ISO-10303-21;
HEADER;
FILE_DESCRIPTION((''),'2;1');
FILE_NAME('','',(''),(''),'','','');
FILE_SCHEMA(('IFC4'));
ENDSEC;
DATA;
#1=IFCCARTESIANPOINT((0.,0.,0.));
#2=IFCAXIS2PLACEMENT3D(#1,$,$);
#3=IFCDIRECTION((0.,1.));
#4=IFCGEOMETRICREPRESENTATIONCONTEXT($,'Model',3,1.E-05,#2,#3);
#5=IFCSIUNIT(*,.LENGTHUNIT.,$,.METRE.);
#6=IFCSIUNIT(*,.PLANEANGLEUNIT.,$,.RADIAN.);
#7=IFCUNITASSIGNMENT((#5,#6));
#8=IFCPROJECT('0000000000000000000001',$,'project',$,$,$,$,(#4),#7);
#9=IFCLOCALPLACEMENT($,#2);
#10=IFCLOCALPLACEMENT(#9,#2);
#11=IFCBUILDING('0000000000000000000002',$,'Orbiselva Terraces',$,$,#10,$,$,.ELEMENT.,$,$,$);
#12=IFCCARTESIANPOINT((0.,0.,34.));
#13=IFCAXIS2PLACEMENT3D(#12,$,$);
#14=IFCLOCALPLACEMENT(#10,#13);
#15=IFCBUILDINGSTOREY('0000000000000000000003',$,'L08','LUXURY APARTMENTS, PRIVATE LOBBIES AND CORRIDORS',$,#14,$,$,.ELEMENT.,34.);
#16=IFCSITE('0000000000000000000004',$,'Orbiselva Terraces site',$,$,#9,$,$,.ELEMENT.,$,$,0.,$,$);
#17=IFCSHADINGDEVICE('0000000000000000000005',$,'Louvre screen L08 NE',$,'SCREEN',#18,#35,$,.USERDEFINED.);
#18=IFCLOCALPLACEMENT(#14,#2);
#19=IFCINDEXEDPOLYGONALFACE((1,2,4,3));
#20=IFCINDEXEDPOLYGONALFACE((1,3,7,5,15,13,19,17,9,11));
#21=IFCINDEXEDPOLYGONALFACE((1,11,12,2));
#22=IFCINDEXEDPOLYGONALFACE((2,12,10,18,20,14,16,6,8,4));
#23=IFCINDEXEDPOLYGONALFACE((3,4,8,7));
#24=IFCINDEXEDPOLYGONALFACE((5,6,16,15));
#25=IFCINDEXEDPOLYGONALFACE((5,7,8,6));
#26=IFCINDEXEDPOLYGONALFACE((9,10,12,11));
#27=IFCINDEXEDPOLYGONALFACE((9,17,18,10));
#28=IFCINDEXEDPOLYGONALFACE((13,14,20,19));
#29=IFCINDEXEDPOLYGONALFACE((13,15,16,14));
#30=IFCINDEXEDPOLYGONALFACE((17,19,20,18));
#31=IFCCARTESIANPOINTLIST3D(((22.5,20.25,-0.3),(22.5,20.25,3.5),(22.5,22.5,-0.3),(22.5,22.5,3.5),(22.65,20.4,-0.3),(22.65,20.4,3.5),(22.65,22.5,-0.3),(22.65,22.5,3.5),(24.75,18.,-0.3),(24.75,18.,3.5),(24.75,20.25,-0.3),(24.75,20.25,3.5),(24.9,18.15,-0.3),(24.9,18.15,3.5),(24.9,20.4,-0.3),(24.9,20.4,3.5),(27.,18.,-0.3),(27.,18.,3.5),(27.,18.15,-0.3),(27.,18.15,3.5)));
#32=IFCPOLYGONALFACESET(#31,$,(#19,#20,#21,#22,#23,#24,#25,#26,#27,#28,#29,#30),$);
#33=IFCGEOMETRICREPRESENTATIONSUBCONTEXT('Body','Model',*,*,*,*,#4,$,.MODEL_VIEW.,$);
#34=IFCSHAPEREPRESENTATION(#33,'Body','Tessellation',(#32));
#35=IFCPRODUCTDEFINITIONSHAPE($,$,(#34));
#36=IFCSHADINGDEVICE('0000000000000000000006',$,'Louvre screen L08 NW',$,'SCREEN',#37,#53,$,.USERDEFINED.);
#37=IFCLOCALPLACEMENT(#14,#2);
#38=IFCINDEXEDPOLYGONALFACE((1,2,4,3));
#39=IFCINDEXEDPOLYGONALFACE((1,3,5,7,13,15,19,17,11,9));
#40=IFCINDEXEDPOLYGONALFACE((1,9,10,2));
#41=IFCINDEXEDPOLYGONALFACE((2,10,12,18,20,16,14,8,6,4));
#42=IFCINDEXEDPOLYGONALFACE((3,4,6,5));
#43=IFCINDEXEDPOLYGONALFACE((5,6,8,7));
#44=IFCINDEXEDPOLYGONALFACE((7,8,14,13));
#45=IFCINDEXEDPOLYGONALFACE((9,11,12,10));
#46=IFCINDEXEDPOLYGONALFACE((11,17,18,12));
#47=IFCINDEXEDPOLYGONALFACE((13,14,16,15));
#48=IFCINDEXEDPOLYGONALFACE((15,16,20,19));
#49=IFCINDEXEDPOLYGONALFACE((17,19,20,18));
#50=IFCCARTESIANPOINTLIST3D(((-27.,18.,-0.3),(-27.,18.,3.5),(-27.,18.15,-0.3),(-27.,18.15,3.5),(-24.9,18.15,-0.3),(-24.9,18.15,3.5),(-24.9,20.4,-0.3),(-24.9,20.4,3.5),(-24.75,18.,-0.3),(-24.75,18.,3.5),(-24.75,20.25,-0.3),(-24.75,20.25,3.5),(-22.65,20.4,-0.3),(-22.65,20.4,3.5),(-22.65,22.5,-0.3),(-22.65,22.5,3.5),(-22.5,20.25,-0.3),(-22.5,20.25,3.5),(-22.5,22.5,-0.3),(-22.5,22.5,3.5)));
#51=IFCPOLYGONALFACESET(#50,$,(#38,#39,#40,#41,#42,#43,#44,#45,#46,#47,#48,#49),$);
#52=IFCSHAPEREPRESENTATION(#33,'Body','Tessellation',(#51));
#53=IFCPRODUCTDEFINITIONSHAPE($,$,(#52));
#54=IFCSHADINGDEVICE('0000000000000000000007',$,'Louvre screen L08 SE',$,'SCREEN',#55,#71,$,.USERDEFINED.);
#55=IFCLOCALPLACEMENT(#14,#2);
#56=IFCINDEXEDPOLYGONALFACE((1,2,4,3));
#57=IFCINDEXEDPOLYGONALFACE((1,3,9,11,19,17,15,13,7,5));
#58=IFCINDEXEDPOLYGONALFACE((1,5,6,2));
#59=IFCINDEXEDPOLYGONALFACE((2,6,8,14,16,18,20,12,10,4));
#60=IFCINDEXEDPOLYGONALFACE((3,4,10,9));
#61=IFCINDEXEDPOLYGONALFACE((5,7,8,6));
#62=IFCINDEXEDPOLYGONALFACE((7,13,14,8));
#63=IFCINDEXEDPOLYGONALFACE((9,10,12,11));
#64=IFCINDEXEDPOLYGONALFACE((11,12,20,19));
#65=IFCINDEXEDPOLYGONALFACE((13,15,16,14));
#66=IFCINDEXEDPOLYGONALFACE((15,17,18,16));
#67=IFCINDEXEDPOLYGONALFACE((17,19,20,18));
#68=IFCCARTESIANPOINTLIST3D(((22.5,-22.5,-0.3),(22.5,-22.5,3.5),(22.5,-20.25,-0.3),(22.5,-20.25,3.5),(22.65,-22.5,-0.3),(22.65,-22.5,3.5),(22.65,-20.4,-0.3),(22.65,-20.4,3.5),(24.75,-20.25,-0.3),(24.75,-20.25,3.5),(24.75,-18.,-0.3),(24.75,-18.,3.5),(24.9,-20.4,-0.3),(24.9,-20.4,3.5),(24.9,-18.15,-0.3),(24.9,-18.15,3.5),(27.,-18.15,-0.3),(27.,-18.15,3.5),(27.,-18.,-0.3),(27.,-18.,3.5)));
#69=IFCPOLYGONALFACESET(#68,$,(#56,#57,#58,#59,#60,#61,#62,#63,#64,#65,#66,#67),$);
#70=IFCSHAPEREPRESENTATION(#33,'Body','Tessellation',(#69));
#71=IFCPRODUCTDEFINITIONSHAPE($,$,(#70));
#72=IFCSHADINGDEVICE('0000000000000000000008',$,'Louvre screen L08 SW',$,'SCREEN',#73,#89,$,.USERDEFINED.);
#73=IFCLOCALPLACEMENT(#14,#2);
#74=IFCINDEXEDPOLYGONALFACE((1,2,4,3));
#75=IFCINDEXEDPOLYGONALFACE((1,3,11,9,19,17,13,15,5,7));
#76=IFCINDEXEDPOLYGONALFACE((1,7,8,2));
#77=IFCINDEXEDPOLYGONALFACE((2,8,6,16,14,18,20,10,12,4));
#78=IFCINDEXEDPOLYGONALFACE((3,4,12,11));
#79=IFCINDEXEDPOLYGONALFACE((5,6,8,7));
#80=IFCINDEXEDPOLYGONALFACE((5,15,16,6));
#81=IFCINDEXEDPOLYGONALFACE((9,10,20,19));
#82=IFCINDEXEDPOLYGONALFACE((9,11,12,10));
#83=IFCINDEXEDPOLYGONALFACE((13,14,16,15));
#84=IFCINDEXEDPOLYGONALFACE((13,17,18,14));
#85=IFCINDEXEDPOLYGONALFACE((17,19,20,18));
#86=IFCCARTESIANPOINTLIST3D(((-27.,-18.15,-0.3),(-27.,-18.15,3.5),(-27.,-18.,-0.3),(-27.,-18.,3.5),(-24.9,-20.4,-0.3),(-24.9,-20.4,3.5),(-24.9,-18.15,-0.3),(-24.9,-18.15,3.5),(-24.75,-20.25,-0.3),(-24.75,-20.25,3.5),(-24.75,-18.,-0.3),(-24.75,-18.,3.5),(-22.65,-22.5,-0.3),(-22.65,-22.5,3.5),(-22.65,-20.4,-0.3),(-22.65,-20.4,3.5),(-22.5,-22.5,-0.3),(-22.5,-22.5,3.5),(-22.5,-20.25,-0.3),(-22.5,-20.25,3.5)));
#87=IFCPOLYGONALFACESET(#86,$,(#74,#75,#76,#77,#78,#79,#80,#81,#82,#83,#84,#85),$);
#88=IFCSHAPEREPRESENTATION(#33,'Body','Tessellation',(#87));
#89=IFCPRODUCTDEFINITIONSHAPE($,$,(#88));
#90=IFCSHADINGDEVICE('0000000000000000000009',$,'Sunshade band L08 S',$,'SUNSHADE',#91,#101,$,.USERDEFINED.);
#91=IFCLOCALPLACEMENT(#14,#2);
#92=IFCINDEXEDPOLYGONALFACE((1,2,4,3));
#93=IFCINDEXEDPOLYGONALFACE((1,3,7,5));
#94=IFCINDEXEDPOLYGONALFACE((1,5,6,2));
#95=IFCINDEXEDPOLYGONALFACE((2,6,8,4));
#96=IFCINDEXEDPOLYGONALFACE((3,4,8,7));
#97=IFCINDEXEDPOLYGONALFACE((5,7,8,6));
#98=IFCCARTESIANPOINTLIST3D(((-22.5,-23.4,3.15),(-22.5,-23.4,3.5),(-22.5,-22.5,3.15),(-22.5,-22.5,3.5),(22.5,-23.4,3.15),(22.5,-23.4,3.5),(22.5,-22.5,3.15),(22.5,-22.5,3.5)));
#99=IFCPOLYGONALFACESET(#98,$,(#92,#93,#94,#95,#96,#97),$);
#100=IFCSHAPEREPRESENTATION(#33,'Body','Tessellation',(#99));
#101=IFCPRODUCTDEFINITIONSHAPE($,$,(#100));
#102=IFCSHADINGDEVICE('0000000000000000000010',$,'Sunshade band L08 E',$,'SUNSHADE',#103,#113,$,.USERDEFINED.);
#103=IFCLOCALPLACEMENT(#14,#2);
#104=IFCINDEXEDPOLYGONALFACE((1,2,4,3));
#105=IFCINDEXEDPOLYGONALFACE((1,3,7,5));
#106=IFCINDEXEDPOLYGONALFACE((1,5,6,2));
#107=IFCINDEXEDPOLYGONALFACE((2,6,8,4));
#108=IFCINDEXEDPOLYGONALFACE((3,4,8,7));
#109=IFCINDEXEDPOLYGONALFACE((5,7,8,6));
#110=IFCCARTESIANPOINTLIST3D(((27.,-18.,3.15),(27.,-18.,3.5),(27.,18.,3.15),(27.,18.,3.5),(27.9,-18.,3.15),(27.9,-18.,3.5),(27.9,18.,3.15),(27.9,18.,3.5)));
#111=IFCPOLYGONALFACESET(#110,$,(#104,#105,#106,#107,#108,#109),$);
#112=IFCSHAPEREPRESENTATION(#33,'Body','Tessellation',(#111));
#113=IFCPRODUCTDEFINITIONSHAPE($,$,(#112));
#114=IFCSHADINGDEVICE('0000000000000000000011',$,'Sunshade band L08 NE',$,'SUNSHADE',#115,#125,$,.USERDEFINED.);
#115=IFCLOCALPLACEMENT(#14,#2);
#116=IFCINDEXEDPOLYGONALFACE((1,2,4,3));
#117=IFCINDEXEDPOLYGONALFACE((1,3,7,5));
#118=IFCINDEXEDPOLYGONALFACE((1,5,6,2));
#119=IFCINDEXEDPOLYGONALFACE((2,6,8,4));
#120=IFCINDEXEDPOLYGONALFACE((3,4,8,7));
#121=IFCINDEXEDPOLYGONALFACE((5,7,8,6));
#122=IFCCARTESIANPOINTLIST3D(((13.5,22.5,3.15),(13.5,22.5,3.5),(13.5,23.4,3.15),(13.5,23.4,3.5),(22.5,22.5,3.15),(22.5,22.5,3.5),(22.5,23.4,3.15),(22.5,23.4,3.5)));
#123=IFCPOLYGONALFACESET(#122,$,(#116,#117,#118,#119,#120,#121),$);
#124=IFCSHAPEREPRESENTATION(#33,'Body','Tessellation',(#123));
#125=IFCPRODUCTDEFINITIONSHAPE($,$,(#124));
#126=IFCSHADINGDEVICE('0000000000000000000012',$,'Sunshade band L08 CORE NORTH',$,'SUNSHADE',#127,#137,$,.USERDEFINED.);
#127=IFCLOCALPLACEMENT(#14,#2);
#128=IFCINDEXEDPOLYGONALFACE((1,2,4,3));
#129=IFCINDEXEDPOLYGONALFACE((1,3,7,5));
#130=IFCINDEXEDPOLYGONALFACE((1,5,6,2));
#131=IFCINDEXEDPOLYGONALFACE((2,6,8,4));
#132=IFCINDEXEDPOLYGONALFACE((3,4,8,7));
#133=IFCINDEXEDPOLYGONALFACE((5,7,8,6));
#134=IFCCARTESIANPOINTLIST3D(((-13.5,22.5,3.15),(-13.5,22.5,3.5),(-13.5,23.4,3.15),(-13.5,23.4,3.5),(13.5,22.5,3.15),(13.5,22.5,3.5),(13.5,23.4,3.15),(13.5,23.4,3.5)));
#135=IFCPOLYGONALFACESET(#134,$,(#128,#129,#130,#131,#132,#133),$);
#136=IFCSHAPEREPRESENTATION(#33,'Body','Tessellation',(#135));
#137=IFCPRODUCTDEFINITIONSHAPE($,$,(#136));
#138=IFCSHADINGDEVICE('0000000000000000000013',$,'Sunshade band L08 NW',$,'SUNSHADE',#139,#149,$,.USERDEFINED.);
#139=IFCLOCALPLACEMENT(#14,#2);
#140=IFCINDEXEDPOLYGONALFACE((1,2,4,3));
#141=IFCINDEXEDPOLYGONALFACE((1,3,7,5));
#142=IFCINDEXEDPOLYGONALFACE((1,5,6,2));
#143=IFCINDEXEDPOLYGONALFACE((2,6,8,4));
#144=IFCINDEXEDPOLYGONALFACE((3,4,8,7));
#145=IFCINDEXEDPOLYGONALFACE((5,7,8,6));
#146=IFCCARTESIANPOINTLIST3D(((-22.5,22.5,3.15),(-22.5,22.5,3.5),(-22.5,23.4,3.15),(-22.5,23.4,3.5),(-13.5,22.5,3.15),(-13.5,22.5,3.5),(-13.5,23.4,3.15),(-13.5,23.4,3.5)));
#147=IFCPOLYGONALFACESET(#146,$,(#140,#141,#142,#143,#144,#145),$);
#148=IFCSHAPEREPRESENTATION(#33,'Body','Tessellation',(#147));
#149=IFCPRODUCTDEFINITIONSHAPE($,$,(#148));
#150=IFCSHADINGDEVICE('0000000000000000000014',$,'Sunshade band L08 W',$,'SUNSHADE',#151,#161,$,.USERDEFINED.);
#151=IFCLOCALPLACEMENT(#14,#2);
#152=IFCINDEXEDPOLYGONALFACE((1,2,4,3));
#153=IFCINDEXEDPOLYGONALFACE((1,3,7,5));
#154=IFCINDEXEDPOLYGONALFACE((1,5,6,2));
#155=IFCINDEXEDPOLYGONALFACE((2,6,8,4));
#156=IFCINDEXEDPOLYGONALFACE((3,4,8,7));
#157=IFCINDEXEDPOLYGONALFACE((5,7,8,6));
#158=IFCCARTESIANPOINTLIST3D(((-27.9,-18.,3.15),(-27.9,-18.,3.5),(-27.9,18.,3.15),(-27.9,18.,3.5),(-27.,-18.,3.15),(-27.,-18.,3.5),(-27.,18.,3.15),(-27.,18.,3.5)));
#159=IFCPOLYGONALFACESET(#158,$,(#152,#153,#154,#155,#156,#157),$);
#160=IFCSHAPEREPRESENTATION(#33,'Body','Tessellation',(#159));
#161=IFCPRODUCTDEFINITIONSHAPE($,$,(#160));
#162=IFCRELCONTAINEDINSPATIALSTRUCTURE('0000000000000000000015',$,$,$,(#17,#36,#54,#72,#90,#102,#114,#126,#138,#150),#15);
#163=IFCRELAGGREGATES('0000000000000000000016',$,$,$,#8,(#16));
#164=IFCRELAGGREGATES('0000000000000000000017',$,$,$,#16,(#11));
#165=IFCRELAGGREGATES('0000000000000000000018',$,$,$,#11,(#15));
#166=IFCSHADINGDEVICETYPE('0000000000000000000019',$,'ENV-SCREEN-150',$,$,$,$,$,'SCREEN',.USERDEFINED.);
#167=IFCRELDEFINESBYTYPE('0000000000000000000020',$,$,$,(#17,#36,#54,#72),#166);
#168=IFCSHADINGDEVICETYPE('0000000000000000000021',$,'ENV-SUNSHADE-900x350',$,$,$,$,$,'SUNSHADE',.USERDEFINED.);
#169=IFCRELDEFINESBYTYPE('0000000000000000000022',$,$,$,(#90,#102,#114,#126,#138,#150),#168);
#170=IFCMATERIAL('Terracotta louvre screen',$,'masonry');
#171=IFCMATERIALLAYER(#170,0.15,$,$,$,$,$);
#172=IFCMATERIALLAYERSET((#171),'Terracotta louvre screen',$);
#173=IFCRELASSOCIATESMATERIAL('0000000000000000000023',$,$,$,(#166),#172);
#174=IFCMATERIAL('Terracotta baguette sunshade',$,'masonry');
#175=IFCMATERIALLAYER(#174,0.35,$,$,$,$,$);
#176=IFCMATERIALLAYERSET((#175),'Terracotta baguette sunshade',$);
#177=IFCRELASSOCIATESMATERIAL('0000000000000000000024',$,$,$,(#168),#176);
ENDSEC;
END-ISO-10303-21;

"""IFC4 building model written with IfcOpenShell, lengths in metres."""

from ifc_helpers import new_model, si_unit, direction, frame, origin, place, context, subcontext, project, spatial, polyline, outline, extrude, material, layer, layer_set, type_object, element, save


model = new_model("IFC4")

# Units and contexts
model_context = context("Model", 3, precision=1e-05, world=origin(), true_north=direction((0.0, 1.0)))
body_context = subcontext(model_context, "Body", "Model", "MODEL_VIEW")
ifc_project = project(units=[si_unit("LENGTHUNIT", "METRE"), si_unit("PLANEANGLEUNIT", "RADIAN")], contexts=[model_context])

# Site, building, storey
site_placement = place(None, origin())
site = spatial("IfcSite", under=ifc_project, at=site_placement, Name="Orbiselva Terraces site", CompositionType="ELEMENT", RefElevation=0.0)
building_placement = place(site_placement, origin())
building = spatial("IfcBuilding", under=site, at=building_placement, Name="Orbiselva Terraces", CompositionType="ELEMENT")
storey_placement = place(building_placement, frame((0.0, 0.0, 34.0)))
storey = spatial("IfcBuildingStorey", under=building, at=storey_placement, Name="L08", Description="LUXURY APARTMENTS, PRIVATE LOBBIES AND CORRIDORS", CompositionType="ELEMENT", Elevation=34.0)

# Shading devices
ifc_material_1 = material(Name="Terracotta louvre screen", Category="masonry")
ifc_layer_1 = layer(ifc_material_1, 0.15)
ifc_layer_set_1 = layer_set([ifc_layer_1], Name="Terracotta louvre screen")
shading_device_type_1 = type_object("IfcShadingDeviceType", Name="ENV-SCREEN-150", ElementType="SCREEN", PredefinedType="USERDEFINED", material=ifc_layer_set_1)
shading_device_1_placement = place(storey_placement, frame((0.0, 0.0, -0.3)))
element("IfcShadingDevice", 1, at=shading_device_1_placement, inside=storey, type_object=shading_device_type_1, Name="Louvre screen L08 NE", ObjectType="SCREEN", PredefinedType="USERDEFINED", context=body_context, shape_type="SweptSolid", body=[
    extrude(outline(polyline([(27.0, 18.15), (24.9, 18.15), (24.9, 20.4), (22.65, 20.4), (22.65, 22.5), (22.5, 22.5), (22.5, 20.25), (24.75, 20.25), (24.75, 18.0), (27.0, 18.0), (27.0, 18.15)])), origin(), (0.0, 0.0, 1.0), 3.8),
])
shading_device_2_placement = place(storey_placement, frame((0.0, 0.0, -0.3)))
element("IfcShadingDevice", 2, at=shading_device_2_placement, inside=storey, type_object=shading_device_type_1, Name="Louvre screen L08 NW", ObjectType="SCREEN", PredefinedType="USERDEFINED", context=body_context, shape_type="SweptSolid", body=[
    extrude(outline(polyline([(-22.65, 22.5), (-22.65, 20.4), (-24.9, 20.4), (-24.9, 18.15), (-27.0, 18.15), (-27.0, 18.0), (-24.75, 18.0), (-24.75, 20.25), (-22.5, 20.25), (-22.5, 22.5), (-22.65, 22.5)])), origin(), (0.0, 0.0, 1.0), 3.8),
])
shading_device_3_placement = place(storey_placement, frame((0.0, 0.0, -0.3)))
element("IfcShadingDevice", 3, at=shading_device_3_placement, inside=storey, type_object=shading_device_type_1, Name="Louvre screen L08 SE", ObjectType="SCREEN", PredefinedType="USERDEFINED", context=body_context, shape_type="SweptSolid", body=[
    extrude(outline(polyline([(22.65, -22.5), (22.65, -20.4), (24.9, -20.4), (24.9, -18.15), (27.0, -18.15), (27.0, -18.0), (24.75, -18.0), (24.75, -20.25), (22.5, -20.25), (22.5, -22.5), (22.65, -22.5)])), origin(), (0.0, 0.0, 1.0), 3.8),
])
shading_device_4_placement = place(storey_placement, frame((0.0, 0.0, -0.3)))
element("IfcShadingDevice", 4, at=shading_device_4_placement, inside=storey, type_object=shading_device_type_1, Name="Louvre screen L08 SW", ObjectType="SCREEN", PredefinedType="USERDEFINED", context=body_context, shape_type="SweptSolid", body=[
    extrude(outline(polyline([(-27.0, -18.15), (-24.9, -18.15), (-24.9, -20.4), (-22.65, -20.4), (-22.65, -22.5), (-22.5, -22.5), (-22.5, -20.25), (-24.75, -20.25), (-24.75, -18.0), (-27.0, -18.0), (-27.0, -18.15)])), origin(), (0.0, 0.0, 1.0), 3.8),
])
ifc_material_2 = material(Name="Terracotta baguette sunshade", Category="masonry")
ifc_layer_2 = layer(ifc_material_2, 0.35)
ifc_layer_set_2 = layer_set([ifc_layer_2], Name="Terracotta baguette sunshade")
shading_device_type_2 = type_object("IfcShadingDeviceType", Name="ENV-SUNSHADE-900x350", ElementType="SUNSHADE", PredefinedType="USERDEFINED", material=ifc_layer_set_2)
shading_device_5_placement = place(storey_placement, frame((0.0, 0.0, 3.15)))
element("IfcShadingDevice", 5, at=shading_device_5_placement, inside=storey, type_object=shading_device_type_2, Name="Sunshade band L08 S", ObjectType="SUNSHADE", PredefinedType="USERDEFINED", context=body_context, shape_type="SweptSolid", body=[
    extrude(outline(polyline([(-22.5, -23.4), (22.5, -23.4), (22.5, -22.5), (-22.5, -22.5), (-22.5, -23.4)])), origin(), (0.0, 0.0, 1.0), 0.35),
])
shading_device_6_placement = place(storey_placement, frame((0.0, 0.0, 3.15)))
element("IfcShadingDevice", 6, at=shading_device_6_placement, inside=storey, type_object=shading_device_type_2, Name="Sunshade band L08 E", ObjectType="SUNSHADE", PredefinedType="USERDEFINED", context=body_context, shape_type="SweptSolid", body=[
    extrude(outline(polyline([(27.9, -18.0), (27.9, 18.0), (27.0, 18.0), (27.0, -18.0), (27.9, -18.0)])), origin(), (0.0, 0.0, 1.0), 0.35),
])
shading_device_7_placement = place(storey_placement, frame((0.0, 0.0, 3.15)))
element("IfcShadingDevice", 7, at=shading_device_7_placement, inside=storey, type_object=shading_device_type_2, Name="Sunshade band L08 NE", ObjectType="SUNSHADE", PredefinedType="USERDEFINED", context=body_context, shape_type="SweptSolid", body=[
    extrude(outline(polyline([(22.5, 23.4), (13.5, 23.4), (13.5, 22.5), (22.5, 22.5), (22.5, 23.4)])), origin(), (0.0, 0.0, 1.0), 0.35),
])
shading_device_8_placement = place(storey_placement, frame((0.0, 0.0, 3.15)))
element("IfcShadingDevice", 8, at=shading_device_8_placement, inside=storey, type_object=shading_device_type_2, Name="Sunshade band L08 CORE NORTH", ObjectType="SUNSHADE", PredefinedType="USERDEFINED", context=body_context, shape_type="SweptSolid", body=[
    extrude(outline(polyline([(13.5, 23.4), (-13.5, 23.4), (-13.5, 22.5), (13.5, 22.5), (13.5, 23.4)])), origin(), (0.0, 0.0, 1.0), 0.35),
])
shading_device_9_placement = place(storey_placement, frame((0.0, 0.0, 3.15)))
element("IfcShadingDevice", 9, at=shading_device_9_placement, inside=storey, type_object=shading_device_type_2, Name="Sunshade band L08 NW", ObjectType="SUNSHADE", PredefinedType="USERDEFINED", context=body_context, shape_type="SweptSolid", body=[
    extrude(outline(polyline([(-13.5, 23.4), (-22.5, 23.4), (-22.5, 22.5), (-13.5, 22.5), (-13.5, 23.4)])), origin(), (0.0, 0.0, 1.0), 0.35),
])
shading_device_10_placement = place(storey_placement, frame((0.0, 0.0, 3.15)))
element("IfcShadingDevice", 10, at=shading_device_10_placement, inside=storey, type_object=shading_device_type_2, Name="Sunshade band L08 W", ObjectType="SUNSHADE", PredefinedType="USERDEFINED", context=body_context, shape_type="SweptSolid", body=[
    extrude(outline(polyline([(-27.9, 18.0), (-27.9, -18.0), (-27.0, -18.0), (-27.0, 18.0), (-27.9, 18.0)])), origin(), (0.0, 0.0, 1.0), 0.35),
])

save(model, "model.ifc")
